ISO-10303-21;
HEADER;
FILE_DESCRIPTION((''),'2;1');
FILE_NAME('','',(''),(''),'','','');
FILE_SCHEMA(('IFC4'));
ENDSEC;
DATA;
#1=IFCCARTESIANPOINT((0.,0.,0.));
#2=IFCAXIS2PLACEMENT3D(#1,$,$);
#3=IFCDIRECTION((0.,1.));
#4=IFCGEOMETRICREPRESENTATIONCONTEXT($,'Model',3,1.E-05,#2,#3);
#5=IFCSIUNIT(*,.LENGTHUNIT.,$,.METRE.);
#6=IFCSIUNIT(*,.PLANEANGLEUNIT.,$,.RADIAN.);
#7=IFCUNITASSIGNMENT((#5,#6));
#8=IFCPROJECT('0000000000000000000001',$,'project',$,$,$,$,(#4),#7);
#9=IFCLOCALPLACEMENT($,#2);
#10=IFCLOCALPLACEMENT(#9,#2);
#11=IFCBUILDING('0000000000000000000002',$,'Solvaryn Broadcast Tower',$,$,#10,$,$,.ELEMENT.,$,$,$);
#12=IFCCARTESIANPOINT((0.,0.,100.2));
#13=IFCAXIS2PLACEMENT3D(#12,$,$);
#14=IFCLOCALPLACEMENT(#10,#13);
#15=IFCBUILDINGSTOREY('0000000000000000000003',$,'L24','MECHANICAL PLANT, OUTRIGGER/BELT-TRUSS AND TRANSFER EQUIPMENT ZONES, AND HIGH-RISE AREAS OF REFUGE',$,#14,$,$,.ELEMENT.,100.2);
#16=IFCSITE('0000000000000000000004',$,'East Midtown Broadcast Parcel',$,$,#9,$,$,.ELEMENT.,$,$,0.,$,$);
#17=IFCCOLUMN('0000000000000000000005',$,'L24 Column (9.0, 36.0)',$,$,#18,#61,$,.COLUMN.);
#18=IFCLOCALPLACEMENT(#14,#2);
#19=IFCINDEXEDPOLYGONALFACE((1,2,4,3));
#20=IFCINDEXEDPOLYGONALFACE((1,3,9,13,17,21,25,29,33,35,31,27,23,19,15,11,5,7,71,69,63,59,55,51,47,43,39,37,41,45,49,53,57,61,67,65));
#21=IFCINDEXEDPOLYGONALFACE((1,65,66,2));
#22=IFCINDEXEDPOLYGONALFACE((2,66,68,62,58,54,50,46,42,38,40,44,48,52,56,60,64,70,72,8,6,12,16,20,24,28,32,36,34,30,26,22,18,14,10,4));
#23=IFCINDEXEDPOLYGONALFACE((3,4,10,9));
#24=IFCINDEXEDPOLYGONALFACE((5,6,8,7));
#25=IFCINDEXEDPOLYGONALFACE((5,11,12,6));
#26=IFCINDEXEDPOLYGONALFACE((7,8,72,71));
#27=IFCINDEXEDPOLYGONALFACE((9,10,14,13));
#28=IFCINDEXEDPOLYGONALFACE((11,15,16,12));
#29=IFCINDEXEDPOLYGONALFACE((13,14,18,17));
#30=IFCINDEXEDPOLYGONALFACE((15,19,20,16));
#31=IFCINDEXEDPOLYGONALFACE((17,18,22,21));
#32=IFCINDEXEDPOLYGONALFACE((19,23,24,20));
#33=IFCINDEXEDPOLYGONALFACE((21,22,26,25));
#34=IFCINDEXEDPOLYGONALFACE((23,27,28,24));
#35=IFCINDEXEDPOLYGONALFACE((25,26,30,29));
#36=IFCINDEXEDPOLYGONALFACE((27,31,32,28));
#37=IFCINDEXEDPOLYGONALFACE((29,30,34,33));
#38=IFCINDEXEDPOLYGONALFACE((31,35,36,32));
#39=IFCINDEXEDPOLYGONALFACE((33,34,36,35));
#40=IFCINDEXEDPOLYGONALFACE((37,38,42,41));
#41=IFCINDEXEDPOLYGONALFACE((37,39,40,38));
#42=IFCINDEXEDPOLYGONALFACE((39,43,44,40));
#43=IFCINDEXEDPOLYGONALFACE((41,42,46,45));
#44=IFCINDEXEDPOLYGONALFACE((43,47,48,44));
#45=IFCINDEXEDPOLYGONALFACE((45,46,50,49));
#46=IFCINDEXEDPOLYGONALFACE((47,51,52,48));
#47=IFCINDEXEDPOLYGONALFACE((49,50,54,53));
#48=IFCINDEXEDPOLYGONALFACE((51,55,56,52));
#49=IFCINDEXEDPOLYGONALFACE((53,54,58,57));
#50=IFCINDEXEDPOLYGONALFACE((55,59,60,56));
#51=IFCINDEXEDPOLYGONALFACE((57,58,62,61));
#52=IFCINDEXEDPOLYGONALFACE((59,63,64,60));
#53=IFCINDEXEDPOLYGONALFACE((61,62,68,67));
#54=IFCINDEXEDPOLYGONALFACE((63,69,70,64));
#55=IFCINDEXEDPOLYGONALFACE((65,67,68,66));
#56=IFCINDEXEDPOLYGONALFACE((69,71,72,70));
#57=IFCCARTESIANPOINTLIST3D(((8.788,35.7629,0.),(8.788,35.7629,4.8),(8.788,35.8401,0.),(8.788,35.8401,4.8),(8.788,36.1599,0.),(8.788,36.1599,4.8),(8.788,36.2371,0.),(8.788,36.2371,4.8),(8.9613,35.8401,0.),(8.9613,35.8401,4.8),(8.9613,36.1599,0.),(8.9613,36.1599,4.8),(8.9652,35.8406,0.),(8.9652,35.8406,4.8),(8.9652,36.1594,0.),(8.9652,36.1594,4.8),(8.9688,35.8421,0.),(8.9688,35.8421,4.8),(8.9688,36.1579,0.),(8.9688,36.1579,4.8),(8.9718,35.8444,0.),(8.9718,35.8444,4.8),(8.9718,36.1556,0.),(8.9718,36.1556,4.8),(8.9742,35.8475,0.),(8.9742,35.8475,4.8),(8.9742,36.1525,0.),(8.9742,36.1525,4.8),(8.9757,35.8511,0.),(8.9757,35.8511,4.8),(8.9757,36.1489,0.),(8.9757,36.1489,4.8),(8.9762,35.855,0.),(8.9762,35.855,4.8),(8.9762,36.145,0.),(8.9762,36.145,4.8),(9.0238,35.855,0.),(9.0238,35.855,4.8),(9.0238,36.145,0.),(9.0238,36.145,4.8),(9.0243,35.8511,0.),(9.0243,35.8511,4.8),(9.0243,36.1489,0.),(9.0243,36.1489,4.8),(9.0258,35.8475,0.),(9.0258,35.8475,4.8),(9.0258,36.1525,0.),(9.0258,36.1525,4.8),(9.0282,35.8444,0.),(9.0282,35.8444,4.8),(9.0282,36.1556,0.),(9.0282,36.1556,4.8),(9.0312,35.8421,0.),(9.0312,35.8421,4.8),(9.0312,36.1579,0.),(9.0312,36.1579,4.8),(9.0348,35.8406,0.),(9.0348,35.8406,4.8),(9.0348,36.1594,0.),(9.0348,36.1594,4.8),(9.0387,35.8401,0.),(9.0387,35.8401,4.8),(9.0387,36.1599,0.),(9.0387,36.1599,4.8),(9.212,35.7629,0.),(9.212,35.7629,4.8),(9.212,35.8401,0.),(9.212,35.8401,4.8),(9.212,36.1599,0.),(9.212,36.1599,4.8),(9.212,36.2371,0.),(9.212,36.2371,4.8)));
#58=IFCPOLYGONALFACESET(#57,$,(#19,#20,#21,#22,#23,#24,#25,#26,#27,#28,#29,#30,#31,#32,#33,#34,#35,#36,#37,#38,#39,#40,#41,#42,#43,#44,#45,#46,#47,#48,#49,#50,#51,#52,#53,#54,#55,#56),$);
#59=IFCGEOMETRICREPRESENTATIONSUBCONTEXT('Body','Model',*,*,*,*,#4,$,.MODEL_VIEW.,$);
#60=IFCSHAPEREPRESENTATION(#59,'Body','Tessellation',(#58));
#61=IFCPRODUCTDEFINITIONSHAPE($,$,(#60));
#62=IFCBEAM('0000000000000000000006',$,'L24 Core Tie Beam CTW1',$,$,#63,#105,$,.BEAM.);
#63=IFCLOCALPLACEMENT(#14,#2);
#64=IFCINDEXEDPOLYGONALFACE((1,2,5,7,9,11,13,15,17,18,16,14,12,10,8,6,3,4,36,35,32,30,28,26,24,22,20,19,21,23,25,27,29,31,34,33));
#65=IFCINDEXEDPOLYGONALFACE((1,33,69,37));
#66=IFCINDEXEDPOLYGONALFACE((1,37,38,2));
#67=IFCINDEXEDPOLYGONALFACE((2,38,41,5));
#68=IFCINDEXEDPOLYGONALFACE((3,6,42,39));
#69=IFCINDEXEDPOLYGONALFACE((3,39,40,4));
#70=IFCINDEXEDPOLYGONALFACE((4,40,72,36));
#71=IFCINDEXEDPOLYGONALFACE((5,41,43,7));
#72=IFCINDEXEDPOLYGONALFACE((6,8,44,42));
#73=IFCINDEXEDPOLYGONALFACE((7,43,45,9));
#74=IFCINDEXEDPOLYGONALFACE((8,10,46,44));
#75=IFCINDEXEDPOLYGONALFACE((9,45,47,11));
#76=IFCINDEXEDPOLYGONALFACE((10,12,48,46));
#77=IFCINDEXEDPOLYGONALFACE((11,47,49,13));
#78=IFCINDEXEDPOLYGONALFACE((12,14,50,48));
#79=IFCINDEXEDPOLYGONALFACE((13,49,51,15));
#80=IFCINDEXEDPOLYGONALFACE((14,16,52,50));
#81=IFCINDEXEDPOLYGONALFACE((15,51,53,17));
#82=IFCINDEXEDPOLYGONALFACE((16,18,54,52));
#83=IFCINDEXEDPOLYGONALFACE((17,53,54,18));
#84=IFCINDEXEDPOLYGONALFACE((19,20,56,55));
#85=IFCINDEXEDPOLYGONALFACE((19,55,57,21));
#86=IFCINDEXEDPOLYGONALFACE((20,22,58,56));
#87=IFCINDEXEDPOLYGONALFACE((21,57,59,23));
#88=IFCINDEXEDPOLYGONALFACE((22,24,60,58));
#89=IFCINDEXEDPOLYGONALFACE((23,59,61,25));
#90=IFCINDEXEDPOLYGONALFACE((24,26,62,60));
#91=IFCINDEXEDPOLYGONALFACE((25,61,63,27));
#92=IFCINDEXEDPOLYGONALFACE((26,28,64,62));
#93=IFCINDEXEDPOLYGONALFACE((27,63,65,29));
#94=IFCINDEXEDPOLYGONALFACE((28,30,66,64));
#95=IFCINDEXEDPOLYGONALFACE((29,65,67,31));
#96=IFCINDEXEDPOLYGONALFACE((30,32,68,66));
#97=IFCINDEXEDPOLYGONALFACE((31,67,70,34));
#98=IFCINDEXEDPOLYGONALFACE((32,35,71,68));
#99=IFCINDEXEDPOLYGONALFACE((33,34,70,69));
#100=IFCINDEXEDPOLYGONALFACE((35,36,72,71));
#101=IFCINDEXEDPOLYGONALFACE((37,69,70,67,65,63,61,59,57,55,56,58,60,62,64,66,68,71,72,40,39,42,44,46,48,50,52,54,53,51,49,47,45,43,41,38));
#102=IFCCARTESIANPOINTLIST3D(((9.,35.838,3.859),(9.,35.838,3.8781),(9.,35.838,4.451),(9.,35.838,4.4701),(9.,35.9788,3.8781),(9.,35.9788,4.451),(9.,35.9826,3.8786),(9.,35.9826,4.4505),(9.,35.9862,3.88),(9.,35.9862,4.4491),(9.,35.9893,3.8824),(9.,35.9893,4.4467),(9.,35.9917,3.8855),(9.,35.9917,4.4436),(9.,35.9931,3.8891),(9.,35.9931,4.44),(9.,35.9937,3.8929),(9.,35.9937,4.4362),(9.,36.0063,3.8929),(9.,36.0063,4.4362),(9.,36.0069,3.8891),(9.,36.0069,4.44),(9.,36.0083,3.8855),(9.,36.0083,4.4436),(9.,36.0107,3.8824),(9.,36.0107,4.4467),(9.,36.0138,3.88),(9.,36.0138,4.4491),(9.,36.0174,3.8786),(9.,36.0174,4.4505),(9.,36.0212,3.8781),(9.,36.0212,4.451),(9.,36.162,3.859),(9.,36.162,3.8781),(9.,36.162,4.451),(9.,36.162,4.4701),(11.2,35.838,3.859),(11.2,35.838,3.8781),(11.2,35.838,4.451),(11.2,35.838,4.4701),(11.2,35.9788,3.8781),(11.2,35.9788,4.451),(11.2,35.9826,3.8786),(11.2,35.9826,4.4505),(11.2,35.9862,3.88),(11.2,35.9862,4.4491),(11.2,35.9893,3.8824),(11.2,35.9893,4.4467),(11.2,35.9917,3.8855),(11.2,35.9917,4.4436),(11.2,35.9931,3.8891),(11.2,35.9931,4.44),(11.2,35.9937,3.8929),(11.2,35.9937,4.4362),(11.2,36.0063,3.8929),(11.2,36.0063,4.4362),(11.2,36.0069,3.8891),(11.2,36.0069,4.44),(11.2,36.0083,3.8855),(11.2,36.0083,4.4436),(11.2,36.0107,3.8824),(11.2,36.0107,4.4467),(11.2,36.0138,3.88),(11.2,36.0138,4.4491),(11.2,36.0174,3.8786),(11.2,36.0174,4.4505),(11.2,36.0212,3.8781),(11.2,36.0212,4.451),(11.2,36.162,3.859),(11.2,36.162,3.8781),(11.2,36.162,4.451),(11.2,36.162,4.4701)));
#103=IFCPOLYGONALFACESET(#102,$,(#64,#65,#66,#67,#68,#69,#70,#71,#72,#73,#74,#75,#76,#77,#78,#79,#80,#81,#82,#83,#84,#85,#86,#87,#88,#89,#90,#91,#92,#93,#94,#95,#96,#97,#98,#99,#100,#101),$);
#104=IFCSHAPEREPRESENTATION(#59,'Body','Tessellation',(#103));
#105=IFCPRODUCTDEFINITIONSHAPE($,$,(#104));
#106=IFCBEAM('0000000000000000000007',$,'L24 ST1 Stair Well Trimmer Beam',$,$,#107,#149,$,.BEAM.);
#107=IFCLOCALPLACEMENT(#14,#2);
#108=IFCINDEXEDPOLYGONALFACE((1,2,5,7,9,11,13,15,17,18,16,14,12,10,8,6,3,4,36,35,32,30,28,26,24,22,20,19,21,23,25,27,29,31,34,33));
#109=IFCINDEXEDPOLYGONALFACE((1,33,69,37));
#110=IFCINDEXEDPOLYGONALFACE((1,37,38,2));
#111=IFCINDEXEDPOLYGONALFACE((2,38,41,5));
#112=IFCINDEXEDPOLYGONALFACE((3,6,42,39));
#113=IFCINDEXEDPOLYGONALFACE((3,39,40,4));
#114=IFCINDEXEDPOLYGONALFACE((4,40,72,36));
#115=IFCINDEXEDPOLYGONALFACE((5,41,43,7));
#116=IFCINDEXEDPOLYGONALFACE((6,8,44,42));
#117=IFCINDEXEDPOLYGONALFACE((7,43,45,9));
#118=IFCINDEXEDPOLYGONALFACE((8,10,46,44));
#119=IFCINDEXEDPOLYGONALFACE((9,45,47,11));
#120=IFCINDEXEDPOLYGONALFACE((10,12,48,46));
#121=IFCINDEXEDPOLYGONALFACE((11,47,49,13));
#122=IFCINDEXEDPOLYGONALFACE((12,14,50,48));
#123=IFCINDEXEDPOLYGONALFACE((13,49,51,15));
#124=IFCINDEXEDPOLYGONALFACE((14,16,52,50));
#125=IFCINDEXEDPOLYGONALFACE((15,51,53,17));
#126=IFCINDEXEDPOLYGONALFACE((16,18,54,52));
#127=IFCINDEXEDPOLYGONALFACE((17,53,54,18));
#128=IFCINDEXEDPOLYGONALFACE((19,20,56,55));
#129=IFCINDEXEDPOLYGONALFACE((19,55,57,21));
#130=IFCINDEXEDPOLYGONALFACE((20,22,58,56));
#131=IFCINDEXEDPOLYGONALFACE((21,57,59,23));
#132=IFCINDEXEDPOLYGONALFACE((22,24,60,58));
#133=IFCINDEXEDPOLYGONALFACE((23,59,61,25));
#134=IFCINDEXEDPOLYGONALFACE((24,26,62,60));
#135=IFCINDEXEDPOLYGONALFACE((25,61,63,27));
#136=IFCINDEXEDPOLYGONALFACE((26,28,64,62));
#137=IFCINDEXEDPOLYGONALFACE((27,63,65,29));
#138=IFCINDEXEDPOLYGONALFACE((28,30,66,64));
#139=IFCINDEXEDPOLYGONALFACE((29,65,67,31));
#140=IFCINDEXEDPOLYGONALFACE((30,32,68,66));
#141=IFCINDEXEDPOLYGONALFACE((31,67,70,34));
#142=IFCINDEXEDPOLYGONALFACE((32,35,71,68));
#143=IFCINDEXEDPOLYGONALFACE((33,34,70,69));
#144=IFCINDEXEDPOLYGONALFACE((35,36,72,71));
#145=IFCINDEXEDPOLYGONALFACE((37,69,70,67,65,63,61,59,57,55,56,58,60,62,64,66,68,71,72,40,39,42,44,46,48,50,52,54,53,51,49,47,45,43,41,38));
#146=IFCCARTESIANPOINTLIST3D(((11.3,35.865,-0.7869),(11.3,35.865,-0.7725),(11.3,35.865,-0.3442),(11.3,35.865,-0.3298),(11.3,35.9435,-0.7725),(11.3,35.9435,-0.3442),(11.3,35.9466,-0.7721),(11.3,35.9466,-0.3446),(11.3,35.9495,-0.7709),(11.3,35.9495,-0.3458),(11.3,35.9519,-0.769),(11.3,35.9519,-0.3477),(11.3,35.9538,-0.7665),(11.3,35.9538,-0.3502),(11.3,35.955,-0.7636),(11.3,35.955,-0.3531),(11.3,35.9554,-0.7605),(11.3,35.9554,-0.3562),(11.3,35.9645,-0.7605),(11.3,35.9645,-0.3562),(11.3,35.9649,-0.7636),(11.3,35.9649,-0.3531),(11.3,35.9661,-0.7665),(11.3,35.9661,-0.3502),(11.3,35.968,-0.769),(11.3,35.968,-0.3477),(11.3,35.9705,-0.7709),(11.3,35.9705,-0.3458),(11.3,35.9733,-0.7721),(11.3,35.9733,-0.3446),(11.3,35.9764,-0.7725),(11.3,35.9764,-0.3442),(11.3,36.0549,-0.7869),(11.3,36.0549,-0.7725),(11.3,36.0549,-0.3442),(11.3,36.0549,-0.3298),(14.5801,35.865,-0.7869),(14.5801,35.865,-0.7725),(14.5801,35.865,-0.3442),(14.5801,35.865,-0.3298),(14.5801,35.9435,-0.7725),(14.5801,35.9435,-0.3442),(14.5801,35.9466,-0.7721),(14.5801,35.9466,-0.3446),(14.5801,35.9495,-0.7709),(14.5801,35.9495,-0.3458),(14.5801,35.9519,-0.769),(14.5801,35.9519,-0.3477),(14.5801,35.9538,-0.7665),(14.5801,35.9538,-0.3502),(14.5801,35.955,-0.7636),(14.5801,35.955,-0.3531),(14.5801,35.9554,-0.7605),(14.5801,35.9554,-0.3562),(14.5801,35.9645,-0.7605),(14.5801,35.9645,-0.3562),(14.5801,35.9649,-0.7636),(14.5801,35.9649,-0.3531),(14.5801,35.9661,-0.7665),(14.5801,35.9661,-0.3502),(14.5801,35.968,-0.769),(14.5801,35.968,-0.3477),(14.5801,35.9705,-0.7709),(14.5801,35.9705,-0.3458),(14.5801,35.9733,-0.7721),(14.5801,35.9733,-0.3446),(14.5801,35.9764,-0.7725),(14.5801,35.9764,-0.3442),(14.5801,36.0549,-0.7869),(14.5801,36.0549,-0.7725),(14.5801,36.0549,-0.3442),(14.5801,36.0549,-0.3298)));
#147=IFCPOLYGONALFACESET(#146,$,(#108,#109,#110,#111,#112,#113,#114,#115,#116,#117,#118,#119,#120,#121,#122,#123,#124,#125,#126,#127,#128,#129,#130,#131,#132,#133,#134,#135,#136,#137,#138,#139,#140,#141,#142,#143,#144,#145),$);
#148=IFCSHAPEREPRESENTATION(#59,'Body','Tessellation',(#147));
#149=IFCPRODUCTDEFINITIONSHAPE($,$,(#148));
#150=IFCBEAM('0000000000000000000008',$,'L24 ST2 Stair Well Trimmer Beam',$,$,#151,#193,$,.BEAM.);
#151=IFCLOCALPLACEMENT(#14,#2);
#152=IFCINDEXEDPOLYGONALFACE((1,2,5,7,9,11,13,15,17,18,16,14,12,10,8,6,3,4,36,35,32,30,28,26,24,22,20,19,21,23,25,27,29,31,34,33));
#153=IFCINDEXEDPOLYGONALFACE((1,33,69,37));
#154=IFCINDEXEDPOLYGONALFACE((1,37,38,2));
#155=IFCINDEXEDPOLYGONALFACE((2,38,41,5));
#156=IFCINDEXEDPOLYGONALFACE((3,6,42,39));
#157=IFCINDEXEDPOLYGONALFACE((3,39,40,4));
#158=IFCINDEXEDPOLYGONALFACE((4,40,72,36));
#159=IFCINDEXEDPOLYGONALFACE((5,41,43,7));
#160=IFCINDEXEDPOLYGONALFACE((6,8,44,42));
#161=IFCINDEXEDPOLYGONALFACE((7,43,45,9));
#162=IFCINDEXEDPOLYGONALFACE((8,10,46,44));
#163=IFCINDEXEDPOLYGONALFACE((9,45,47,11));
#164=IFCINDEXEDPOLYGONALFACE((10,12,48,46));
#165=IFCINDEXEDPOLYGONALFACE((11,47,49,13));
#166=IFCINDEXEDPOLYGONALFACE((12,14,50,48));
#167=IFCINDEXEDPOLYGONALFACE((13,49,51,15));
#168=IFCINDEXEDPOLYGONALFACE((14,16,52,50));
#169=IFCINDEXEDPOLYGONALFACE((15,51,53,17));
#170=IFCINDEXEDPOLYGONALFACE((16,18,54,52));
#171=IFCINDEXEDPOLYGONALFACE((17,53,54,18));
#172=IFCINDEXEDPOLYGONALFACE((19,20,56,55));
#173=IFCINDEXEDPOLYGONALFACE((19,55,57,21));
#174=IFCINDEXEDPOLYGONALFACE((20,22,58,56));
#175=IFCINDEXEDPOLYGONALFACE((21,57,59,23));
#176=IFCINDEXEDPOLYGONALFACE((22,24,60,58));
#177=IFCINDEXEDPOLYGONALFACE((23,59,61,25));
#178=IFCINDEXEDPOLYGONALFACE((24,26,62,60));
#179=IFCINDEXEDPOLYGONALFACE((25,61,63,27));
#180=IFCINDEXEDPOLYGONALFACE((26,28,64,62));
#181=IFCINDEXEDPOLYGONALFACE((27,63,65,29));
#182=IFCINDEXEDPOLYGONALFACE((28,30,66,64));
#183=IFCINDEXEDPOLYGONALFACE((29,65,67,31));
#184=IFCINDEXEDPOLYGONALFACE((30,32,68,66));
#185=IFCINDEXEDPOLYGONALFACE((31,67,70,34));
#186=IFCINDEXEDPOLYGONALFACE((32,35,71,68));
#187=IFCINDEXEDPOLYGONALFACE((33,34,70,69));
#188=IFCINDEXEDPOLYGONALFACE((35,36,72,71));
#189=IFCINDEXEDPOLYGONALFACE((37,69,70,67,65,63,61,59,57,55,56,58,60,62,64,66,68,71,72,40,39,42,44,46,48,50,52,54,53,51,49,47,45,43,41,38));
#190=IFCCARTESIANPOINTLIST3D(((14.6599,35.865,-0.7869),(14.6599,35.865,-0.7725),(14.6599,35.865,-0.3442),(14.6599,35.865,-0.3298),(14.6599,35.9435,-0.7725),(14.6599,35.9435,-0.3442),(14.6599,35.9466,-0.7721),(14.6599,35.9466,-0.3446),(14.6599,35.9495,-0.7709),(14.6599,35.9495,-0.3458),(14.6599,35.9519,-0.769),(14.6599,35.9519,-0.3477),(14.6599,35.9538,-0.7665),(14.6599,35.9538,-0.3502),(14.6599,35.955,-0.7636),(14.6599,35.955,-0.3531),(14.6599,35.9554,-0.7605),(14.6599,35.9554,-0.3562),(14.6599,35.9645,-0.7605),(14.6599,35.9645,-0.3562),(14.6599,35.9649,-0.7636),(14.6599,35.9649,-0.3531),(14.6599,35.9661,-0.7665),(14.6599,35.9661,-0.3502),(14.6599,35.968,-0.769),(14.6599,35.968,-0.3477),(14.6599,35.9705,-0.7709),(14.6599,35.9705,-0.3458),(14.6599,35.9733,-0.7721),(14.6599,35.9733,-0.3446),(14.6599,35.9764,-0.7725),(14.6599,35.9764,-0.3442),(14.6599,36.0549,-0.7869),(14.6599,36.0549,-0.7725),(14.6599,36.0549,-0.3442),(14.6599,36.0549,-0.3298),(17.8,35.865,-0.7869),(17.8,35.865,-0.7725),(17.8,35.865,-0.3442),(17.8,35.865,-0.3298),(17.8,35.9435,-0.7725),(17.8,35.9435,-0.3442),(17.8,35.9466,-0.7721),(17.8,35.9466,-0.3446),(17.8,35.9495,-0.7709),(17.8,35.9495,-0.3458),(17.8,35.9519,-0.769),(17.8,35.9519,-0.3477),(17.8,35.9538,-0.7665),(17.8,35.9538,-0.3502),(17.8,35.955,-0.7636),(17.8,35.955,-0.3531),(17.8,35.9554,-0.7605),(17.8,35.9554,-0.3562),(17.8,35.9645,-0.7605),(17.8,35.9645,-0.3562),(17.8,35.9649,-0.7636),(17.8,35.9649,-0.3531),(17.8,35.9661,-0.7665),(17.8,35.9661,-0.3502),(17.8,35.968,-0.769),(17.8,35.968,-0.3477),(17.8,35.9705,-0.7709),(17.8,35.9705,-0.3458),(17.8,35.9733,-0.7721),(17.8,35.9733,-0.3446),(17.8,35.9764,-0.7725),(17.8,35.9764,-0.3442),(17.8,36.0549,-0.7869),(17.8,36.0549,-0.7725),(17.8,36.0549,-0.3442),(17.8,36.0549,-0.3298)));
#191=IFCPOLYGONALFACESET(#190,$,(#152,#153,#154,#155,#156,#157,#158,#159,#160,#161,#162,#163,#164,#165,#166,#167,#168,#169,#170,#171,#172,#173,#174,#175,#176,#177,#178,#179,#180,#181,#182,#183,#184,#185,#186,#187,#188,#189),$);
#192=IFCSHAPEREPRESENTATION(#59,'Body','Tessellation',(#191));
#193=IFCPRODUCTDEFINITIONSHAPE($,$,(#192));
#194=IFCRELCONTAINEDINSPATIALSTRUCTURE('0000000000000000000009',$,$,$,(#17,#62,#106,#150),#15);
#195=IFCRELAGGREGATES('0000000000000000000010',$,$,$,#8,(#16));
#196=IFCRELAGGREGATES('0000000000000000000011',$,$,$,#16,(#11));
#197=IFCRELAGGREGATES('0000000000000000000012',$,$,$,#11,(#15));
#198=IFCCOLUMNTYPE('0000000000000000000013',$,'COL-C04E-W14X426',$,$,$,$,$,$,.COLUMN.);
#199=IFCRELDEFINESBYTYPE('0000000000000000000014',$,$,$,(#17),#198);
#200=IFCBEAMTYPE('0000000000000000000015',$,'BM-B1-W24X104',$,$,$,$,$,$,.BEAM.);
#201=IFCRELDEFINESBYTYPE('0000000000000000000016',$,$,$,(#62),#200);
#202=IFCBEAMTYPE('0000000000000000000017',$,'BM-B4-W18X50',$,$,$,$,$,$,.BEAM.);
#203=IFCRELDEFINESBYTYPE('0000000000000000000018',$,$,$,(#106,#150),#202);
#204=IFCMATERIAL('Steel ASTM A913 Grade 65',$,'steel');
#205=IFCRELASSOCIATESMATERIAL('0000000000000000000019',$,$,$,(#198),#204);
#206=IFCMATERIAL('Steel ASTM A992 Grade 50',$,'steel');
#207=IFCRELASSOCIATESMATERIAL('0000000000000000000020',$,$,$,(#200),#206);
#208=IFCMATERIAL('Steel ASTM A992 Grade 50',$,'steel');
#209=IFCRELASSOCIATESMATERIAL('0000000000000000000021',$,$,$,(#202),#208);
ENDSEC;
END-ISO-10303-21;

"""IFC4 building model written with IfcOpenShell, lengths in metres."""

from ifc_helpers import new_model, si_unit, direction, frame, origin, origin_2d, place, context, subcontext, project, spatial, i_section, extrude, material, material_profile, profile_set, type_object, element, save


model = new_model("IFC4")

# Units and contexts
model_context = context("Model", 3, precision=1e-05, world=origin(), true_north=direction((0.0, 1.0)))
body_context = subcontext(model_context, "Body", "Model", "MODEL_VIEW")
ifc_project = project(units=[si_unit("LENGTHUNIT", "METRE"), si_unit("PLANEANGLEUNIT", "RADIAN")], contexts=[model_context])

# Site, building, storey
site_placement = place(None, origin())
site = spatial("IfcSite", under=ifc_project, at=site_placement, Name="East Midtown Broadcast Parcel", CompositionType="ELEMENT", RefElevation=0.0)
building_placement = place(site_placement, origin())
building = spatial("IfcBuilding", under=site, at=building_placement, Name="Solvaryn Broadcast Tower", CompositionType="ELEMENT")
storey_placement = place(building_placement, frame((0.0, 0.0, 100.2)))
storey = spatial("IfcBuildingStorey", under=building, at=storey_placement, Name="L24", Description="MECHANICAL PLANT, OUTRIGGER/BELT-TRUSS AND TRANSFER EQUIPMENT ZONES, AND HIGH-RISE AREAS OF REFUGE", CompositionType="ELEMENT", Elevation=100.2)

# Column
ifc_material_1 = material(Name="Steel ASTM A913 Grade 65", Category="steel")
ifc_material_profile_1 = material_profile(ifc_material_1, i_section(OverallWidth=0.4241, OverallDepth=0.4741, WebThickness=0.0476, FlangeThickness=0.0771, FilletRadius=0.0149, at=origin_2d()))
ifc_profile_set_1 = profile_set([ifc_material_profile_1], Name="Steel ASTM A913 Grade 65")
column_type = type_object("IfcColumnType", Name="COL-C04E-W14X426", PredefinedType="COLUMN", material=ifc_profile_set_1)
column_placement = place(storey_placement, frame((9.0, 36.0, 0.0), z_axis=(0.0, 0.0, 1.0), x_axis=(1.0, 0.0, 0.0)))
element("IfcColumn", 1, at=column_placement, inside=storey, type_object=column_type, Name="L24 Column (9.0, 36.0)", PredefinedType="COLUMN", context=body_context, shape_type="SweptSolid", body=[
    extrude(i_section(OverallWidth=0.4241, OverallDepth=0.4741, WebThickness=0.0476, FlangeThickness=0.0771, FilletRadius=0.0149, at=origin_2d()), origin(), (0.0, 0.0, 1.0), 4.8),
])

# Beams
ifc_material_2 = material(Name="Steel ASTM A992 Grade 50", Category="steel")
ifc_material_profile_2 = material_profile(ifc_material_2, i_section(OverallWidth=0.324, OverallDepth=0.6111, WebThickness=0.0127, FlangeThickness=0.019, FilletRadius=0.0149, at=origin_2d()))
ifc_profile_set_2 = profile_set([ifc_material_profile_2], Name="Steel ASTM A992 Grade 50")
beam_type_1 = type_object("IfcBeamType", Name="BM-B1-W24X104", PredefinedType="BEAM", material=ifc_profile_set_2)
beam_1_placement = place(storey_placement, frame((9.0, 36.0, 4.1646), z_axis=(1.0, 0.0, 0.0), x_axis=(0.0, 1.0, 0.0)))
element("IfcBeam", 2, at=beam_1_placement, inside=storey, type_object=beam_type_1, Name="L24 Core Tie Beam CTW1", PredefinedType="BEAM", context=body_context, shape_type="SweptSolid", body=[
    extrude(i_section(OverallWidth=0.324, OverallDepth=0.6111, WebThickness=0.0127, FlangeThickness=0.019, FilletRadius=0.0149, at=origin_2d()), origin(), (0.0, 0.0, 1.0), 2.2),
])
ifc_material_3 = material(Name="Steel ASTM A992 Grade 50", Category="steel")
ifc_material_profile_3 = material_profile(ifc_material_3, i_section(OverallWidth=0.1899, OverallDepth=0.457, WebThickness=0.009, FlangeThickness=0.0144, FilletRadius=0.012, at=origin_2d()))
ifc_profile_set_3 = profile_set([ifc_material_profile_3], Name="Steel ASTM A992 Grade 50")
beam_type_2 = type_object("IfcBeamType", Name="BM-B4-W18X50", PredefinedType="BEAM", material=ifc_profile_set_3)
beam_2_placement = place(storey_placement, frame((11.3, 35.96, -0.5583), z_axis=(1.0, 0.0, 0.0), x_axis=(0.0, 1.0, 0.0)))
element("IfcBeam", 3, at=beam_2_placement, inside=storey, type_object=beam_type_2, Name="L24 ST1 Stair Well Trimmer Beam", PredefinedType="BEAM", context=body_context, shape_type="SweptSolid", body=[
    extrude(i_section(OverallWidth=0.1899, OverallDepth=0.457, WebThickness=0.009, FlangeThickness=0.0144, FilletRadius=0.012, at=origin_2d()), origin(), (0.0, 0.0, 1.0), 3.28),
])
beam_3_placement = place(storey_placement, frame((14.6599, 35.96, -0.5583), z_axis=(1.0, 0.0, 0.0), x_axis=(0.0, 1.0, 0.0)))
element("IfcBeam", 4, at=beam_3_placement, inside=storey, type_object=beam_type_2, Name="L24 ST2 Stair Well Trimmer Beam", PredefinedType="BEAM", context=body_context, shape_type="SweptSolid", body=[
    extrude(i_section(OverallWidth=0.1899, OverallDepth=0.457, WebThickness=0.009, FlangeThickness=0.0144, FilletRadius=0.012, at=origin_2d()), origin(), (0.0, 0.0, 1.0), 3.1401),
])

save(model, "model.ifc")
